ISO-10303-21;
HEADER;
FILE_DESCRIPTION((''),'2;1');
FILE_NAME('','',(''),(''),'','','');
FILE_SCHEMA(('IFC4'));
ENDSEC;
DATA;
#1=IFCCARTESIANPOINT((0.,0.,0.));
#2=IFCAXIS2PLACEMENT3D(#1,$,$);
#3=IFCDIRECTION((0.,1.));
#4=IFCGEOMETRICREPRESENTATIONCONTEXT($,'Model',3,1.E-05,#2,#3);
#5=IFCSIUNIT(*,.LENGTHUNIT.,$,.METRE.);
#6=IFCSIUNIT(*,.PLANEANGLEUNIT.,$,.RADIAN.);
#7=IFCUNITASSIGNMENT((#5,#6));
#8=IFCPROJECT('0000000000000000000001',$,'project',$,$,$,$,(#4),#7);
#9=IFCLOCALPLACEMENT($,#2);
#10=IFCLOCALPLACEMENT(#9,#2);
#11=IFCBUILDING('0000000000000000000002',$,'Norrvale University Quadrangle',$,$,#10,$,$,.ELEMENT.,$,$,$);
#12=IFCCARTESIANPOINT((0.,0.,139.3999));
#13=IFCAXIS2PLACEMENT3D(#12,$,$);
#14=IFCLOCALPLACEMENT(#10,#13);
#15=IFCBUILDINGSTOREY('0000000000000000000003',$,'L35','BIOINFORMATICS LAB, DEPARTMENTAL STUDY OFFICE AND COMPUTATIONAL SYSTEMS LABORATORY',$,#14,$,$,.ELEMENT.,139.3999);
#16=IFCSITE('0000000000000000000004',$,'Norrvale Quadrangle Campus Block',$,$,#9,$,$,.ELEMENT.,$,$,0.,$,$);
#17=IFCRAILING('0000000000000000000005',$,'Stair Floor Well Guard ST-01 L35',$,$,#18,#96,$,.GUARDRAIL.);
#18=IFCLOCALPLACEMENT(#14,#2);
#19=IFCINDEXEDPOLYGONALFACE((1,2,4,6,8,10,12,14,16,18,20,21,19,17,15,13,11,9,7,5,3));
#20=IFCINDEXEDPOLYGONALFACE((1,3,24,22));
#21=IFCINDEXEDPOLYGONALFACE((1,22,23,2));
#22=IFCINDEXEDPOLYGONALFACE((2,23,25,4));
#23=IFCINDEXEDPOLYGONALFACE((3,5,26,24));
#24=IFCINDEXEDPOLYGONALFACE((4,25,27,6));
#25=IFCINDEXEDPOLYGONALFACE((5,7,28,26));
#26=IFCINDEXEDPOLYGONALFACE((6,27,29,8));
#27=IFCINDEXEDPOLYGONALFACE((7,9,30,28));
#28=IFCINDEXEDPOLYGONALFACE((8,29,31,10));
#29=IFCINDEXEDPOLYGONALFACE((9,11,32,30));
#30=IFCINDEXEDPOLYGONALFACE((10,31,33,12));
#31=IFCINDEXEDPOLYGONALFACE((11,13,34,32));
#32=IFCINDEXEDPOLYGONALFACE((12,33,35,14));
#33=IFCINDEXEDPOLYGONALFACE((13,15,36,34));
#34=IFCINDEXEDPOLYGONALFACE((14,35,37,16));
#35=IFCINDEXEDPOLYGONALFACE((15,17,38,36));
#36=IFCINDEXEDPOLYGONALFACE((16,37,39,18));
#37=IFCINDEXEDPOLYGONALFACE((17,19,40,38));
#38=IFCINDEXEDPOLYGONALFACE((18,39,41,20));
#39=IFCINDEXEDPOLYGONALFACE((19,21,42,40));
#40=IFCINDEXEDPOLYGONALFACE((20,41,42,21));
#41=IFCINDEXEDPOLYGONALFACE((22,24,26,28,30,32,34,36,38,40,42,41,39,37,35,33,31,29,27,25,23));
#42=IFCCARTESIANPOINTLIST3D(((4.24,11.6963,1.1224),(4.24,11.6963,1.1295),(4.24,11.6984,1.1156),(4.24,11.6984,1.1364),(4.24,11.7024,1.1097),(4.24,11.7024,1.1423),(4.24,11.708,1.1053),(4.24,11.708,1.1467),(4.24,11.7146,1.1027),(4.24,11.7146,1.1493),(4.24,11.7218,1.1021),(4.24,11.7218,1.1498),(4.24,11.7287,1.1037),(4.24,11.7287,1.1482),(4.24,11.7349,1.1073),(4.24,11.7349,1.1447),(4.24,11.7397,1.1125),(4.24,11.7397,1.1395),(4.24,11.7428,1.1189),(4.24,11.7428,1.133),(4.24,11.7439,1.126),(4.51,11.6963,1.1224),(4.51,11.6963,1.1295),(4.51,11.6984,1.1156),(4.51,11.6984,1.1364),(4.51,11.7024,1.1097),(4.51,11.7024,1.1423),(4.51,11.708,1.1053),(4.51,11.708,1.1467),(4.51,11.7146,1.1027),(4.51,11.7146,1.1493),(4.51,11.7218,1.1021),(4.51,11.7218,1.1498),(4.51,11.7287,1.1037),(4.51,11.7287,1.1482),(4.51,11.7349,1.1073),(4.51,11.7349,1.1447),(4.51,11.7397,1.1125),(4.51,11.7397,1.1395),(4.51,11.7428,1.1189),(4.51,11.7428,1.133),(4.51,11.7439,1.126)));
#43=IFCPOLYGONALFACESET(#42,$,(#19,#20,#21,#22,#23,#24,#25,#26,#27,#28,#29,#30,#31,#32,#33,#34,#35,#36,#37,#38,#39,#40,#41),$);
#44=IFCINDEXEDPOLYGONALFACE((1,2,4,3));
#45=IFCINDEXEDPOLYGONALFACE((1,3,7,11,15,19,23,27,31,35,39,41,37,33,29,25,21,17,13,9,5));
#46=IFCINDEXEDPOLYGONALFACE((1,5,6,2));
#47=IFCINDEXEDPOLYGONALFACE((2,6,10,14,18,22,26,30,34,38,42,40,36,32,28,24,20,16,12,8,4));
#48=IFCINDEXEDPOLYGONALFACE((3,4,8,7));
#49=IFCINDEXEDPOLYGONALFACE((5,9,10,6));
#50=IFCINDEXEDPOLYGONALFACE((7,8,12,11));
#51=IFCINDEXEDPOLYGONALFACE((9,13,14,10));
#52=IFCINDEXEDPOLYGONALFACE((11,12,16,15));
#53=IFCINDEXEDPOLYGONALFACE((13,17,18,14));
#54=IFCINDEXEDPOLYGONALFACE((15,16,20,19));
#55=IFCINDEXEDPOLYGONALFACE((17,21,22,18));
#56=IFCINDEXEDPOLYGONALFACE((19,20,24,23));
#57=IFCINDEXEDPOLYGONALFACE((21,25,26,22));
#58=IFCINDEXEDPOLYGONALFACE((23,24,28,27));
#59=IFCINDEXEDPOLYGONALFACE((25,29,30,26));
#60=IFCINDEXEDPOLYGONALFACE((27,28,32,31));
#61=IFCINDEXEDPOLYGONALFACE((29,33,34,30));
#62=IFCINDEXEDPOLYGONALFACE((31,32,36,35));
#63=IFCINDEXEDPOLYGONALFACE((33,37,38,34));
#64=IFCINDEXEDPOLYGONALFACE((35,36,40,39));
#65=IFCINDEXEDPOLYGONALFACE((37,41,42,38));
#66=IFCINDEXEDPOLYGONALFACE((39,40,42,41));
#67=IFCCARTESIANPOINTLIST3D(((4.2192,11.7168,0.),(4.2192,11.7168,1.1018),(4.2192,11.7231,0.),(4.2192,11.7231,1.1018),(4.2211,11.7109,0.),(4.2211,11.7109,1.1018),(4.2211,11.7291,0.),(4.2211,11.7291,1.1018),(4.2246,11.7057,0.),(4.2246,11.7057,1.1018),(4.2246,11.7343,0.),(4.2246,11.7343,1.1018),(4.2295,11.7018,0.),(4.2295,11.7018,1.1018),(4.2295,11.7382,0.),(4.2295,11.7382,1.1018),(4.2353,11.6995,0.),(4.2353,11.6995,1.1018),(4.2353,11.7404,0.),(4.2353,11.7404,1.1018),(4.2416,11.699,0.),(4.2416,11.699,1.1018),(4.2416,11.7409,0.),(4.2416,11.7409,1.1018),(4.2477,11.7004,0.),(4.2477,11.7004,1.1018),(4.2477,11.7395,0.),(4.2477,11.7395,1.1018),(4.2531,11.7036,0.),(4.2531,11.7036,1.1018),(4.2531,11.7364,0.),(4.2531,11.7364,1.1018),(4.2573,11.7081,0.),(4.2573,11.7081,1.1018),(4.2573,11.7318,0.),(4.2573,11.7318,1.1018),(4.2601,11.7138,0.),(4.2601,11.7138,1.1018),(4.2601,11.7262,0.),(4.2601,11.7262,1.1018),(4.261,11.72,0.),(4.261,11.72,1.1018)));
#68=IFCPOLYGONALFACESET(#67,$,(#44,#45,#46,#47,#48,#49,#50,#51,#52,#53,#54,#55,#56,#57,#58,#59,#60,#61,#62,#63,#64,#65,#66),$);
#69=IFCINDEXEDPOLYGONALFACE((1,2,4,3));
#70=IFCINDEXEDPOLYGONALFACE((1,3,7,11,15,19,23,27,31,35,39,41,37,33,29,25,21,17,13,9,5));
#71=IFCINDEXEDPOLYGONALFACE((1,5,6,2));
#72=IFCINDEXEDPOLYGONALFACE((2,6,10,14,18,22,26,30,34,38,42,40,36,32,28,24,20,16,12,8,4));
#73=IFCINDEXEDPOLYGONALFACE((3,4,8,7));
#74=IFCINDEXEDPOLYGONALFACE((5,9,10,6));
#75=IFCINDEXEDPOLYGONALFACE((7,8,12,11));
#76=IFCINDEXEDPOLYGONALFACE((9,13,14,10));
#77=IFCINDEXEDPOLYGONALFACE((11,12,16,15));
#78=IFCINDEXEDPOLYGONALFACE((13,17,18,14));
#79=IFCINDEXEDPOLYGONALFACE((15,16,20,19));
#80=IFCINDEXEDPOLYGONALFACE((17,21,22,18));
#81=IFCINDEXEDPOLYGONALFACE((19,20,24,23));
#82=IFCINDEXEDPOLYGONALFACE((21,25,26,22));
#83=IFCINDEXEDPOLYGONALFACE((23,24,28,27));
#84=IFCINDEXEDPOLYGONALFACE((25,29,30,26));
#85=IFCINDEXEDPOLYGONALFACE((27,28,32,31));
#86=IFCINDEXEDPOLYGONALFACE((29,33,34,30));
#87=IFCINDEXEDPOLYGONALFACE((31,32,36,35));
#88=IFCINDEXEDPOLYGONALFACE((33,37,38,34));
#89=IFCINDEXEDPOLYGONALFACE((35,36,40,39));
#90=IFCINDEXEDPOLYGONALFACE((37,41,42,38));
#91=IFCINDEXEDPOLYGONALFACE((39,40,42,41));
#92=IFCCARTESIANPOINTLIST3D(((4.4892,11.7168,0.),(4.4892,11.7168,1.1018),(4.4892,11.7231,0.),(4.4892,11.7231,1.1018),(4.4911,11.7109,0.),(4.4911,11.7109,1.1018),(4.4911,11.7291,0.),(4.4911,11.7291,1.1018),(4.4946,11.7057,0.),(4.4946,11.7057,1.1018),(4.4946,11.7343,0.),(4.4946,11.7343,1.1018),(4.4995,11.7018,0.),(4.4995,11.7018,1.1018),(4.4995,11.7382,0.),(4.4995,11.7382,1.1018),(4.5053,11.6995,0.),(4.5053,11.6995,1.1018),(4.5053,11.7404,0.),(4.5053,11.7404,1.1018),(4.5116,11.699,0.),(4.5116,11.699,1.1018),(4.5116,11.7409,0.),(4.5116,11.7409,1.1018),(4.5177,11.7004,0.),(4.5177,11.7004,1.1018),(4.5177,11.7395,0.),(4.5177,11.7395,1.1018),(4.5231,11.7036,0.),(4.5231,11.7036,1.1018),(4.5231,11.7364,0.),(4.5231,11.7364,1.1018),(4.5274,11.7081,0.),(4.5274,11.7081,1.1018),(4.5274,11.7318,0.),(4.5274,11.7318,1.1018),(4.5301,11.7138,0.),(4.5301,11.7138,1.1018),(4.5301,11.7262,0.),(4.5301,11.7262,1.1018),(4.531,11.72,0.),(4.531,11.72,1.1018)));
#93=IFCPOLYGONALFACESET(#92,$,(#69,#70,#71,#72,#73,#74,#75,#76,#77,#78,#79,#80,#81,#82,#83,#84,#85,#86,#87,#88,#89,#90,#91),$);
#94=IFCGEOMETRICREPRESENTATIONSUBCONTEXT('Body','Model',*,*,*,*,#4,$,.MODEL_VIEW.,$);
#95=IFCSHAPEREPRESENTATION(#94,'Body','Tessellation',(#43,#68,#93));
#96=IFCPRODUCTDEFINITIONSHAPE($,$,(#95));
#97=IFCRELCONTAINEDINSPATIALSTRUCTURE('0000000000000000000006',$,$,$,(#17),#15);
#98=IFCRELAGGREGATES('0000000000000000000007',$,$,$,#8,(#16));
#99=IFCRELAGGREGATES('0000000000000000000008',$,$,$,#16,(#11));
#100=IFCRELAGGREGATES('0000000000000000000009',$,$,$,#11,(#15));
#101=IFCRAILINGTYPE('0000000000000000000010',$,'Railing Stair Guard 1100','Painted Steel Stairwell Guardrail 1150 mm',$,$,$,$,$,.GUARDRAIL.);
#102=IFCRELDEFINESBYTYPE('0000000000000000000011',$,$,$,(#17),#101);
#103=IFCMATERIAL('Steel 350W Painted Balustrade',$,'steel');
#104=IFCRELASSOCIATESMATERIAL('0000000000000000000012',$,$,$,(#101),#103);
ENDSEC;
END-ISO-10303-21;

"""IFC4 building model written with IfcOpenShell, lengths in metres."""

from ifc_helpers import new_model, si_unit, direction, frame, origin, origin_2d, place, context, subcontext, project, spatial, circle, extrude, material, type_object, element, save


model = new_model("IFC4")

# Units and contexts
model_context = context("Model", 3, precision=1e-05, world=origin(), true_north=direction((0.0, 1.0)))
body_context = subcontext(model_context, "Body", "Model", "MODEL_VIEW")
ifc_project = project(units=[si_unit("LENGTHUNIT", "METRE"), si_unit("PLANEANGLEUNIT", "RADIAN")], contexts=[model_context])

# Site, building, storey
site_placement = place(None, origin())
site = spatial("IfcSite", under=ifc_project, at=site_placement, Name="Norrvale Quadrangle Campus Block", CompositionType="ELEMENT", RefElevation=0.0)
building_placement = place(site_placement, origin())
building = spatial("IfcBuilding", under=site, at=building_placement, Name="Norrvale University Quadrangle", CompositionType="ELEMENT")
storey_placement = place(building_placement, frame((0.0, 0.0, 139.3999)))
storey = spatial("IfcBuildingStorey", under=building, at=storey_placement, Name="L35", Description="BIOINFORMATICS LAB, DEPARTMENTAL STUDY OFFICE AND COMPUTATIONAL SYSTEMS LABORATORY", CompositionType="ELEMENT", Elevation=139.3999)

# Railing
ifc_material_1 = material(Name="Steel 350W Painted Balustrade", Category="steel")
railing_type = type_object("IfcRailingType", Name="Railing Stair Guard 1100", Description="Painted Steel Stairwell Guardrail 1150 mm", PredefinedType="GUARDRAIL", material=ifc_material_1)
railing_placement = place(storey_placement, frame((4.24, 11.72, 0.0)))
element("IfcRailing", 1, at=railing_placement, inside=storey, type_object=railing_type, Name="Stair Floor Well Guard ST-01 L35", PredefinedType="GUARDRAIL", context=body_context, shape_type="SweptSolid", body=[
    extrude(circle(Radius=0.0239, at=origin_2d()), frame((0.0, 0.0, 1.126), z_axis=(1.0, 0.0, 0.0), x_axis=(0.0, 1.0, 0.0)), (0.0, 0.0, 1.0), 0.27),
    extrude(circle(Radius=0.021, at=origin_2d()), origin(), (0.0, 0.0, 1.0), 1.1018),
    extrude(circle(Radius=0.021, at=origin_2d()), frame((0.27, 0.0, 0.0)), (0.0, 0.0, 1.0), 1.1018),
])

save(model, "model.ifc")
